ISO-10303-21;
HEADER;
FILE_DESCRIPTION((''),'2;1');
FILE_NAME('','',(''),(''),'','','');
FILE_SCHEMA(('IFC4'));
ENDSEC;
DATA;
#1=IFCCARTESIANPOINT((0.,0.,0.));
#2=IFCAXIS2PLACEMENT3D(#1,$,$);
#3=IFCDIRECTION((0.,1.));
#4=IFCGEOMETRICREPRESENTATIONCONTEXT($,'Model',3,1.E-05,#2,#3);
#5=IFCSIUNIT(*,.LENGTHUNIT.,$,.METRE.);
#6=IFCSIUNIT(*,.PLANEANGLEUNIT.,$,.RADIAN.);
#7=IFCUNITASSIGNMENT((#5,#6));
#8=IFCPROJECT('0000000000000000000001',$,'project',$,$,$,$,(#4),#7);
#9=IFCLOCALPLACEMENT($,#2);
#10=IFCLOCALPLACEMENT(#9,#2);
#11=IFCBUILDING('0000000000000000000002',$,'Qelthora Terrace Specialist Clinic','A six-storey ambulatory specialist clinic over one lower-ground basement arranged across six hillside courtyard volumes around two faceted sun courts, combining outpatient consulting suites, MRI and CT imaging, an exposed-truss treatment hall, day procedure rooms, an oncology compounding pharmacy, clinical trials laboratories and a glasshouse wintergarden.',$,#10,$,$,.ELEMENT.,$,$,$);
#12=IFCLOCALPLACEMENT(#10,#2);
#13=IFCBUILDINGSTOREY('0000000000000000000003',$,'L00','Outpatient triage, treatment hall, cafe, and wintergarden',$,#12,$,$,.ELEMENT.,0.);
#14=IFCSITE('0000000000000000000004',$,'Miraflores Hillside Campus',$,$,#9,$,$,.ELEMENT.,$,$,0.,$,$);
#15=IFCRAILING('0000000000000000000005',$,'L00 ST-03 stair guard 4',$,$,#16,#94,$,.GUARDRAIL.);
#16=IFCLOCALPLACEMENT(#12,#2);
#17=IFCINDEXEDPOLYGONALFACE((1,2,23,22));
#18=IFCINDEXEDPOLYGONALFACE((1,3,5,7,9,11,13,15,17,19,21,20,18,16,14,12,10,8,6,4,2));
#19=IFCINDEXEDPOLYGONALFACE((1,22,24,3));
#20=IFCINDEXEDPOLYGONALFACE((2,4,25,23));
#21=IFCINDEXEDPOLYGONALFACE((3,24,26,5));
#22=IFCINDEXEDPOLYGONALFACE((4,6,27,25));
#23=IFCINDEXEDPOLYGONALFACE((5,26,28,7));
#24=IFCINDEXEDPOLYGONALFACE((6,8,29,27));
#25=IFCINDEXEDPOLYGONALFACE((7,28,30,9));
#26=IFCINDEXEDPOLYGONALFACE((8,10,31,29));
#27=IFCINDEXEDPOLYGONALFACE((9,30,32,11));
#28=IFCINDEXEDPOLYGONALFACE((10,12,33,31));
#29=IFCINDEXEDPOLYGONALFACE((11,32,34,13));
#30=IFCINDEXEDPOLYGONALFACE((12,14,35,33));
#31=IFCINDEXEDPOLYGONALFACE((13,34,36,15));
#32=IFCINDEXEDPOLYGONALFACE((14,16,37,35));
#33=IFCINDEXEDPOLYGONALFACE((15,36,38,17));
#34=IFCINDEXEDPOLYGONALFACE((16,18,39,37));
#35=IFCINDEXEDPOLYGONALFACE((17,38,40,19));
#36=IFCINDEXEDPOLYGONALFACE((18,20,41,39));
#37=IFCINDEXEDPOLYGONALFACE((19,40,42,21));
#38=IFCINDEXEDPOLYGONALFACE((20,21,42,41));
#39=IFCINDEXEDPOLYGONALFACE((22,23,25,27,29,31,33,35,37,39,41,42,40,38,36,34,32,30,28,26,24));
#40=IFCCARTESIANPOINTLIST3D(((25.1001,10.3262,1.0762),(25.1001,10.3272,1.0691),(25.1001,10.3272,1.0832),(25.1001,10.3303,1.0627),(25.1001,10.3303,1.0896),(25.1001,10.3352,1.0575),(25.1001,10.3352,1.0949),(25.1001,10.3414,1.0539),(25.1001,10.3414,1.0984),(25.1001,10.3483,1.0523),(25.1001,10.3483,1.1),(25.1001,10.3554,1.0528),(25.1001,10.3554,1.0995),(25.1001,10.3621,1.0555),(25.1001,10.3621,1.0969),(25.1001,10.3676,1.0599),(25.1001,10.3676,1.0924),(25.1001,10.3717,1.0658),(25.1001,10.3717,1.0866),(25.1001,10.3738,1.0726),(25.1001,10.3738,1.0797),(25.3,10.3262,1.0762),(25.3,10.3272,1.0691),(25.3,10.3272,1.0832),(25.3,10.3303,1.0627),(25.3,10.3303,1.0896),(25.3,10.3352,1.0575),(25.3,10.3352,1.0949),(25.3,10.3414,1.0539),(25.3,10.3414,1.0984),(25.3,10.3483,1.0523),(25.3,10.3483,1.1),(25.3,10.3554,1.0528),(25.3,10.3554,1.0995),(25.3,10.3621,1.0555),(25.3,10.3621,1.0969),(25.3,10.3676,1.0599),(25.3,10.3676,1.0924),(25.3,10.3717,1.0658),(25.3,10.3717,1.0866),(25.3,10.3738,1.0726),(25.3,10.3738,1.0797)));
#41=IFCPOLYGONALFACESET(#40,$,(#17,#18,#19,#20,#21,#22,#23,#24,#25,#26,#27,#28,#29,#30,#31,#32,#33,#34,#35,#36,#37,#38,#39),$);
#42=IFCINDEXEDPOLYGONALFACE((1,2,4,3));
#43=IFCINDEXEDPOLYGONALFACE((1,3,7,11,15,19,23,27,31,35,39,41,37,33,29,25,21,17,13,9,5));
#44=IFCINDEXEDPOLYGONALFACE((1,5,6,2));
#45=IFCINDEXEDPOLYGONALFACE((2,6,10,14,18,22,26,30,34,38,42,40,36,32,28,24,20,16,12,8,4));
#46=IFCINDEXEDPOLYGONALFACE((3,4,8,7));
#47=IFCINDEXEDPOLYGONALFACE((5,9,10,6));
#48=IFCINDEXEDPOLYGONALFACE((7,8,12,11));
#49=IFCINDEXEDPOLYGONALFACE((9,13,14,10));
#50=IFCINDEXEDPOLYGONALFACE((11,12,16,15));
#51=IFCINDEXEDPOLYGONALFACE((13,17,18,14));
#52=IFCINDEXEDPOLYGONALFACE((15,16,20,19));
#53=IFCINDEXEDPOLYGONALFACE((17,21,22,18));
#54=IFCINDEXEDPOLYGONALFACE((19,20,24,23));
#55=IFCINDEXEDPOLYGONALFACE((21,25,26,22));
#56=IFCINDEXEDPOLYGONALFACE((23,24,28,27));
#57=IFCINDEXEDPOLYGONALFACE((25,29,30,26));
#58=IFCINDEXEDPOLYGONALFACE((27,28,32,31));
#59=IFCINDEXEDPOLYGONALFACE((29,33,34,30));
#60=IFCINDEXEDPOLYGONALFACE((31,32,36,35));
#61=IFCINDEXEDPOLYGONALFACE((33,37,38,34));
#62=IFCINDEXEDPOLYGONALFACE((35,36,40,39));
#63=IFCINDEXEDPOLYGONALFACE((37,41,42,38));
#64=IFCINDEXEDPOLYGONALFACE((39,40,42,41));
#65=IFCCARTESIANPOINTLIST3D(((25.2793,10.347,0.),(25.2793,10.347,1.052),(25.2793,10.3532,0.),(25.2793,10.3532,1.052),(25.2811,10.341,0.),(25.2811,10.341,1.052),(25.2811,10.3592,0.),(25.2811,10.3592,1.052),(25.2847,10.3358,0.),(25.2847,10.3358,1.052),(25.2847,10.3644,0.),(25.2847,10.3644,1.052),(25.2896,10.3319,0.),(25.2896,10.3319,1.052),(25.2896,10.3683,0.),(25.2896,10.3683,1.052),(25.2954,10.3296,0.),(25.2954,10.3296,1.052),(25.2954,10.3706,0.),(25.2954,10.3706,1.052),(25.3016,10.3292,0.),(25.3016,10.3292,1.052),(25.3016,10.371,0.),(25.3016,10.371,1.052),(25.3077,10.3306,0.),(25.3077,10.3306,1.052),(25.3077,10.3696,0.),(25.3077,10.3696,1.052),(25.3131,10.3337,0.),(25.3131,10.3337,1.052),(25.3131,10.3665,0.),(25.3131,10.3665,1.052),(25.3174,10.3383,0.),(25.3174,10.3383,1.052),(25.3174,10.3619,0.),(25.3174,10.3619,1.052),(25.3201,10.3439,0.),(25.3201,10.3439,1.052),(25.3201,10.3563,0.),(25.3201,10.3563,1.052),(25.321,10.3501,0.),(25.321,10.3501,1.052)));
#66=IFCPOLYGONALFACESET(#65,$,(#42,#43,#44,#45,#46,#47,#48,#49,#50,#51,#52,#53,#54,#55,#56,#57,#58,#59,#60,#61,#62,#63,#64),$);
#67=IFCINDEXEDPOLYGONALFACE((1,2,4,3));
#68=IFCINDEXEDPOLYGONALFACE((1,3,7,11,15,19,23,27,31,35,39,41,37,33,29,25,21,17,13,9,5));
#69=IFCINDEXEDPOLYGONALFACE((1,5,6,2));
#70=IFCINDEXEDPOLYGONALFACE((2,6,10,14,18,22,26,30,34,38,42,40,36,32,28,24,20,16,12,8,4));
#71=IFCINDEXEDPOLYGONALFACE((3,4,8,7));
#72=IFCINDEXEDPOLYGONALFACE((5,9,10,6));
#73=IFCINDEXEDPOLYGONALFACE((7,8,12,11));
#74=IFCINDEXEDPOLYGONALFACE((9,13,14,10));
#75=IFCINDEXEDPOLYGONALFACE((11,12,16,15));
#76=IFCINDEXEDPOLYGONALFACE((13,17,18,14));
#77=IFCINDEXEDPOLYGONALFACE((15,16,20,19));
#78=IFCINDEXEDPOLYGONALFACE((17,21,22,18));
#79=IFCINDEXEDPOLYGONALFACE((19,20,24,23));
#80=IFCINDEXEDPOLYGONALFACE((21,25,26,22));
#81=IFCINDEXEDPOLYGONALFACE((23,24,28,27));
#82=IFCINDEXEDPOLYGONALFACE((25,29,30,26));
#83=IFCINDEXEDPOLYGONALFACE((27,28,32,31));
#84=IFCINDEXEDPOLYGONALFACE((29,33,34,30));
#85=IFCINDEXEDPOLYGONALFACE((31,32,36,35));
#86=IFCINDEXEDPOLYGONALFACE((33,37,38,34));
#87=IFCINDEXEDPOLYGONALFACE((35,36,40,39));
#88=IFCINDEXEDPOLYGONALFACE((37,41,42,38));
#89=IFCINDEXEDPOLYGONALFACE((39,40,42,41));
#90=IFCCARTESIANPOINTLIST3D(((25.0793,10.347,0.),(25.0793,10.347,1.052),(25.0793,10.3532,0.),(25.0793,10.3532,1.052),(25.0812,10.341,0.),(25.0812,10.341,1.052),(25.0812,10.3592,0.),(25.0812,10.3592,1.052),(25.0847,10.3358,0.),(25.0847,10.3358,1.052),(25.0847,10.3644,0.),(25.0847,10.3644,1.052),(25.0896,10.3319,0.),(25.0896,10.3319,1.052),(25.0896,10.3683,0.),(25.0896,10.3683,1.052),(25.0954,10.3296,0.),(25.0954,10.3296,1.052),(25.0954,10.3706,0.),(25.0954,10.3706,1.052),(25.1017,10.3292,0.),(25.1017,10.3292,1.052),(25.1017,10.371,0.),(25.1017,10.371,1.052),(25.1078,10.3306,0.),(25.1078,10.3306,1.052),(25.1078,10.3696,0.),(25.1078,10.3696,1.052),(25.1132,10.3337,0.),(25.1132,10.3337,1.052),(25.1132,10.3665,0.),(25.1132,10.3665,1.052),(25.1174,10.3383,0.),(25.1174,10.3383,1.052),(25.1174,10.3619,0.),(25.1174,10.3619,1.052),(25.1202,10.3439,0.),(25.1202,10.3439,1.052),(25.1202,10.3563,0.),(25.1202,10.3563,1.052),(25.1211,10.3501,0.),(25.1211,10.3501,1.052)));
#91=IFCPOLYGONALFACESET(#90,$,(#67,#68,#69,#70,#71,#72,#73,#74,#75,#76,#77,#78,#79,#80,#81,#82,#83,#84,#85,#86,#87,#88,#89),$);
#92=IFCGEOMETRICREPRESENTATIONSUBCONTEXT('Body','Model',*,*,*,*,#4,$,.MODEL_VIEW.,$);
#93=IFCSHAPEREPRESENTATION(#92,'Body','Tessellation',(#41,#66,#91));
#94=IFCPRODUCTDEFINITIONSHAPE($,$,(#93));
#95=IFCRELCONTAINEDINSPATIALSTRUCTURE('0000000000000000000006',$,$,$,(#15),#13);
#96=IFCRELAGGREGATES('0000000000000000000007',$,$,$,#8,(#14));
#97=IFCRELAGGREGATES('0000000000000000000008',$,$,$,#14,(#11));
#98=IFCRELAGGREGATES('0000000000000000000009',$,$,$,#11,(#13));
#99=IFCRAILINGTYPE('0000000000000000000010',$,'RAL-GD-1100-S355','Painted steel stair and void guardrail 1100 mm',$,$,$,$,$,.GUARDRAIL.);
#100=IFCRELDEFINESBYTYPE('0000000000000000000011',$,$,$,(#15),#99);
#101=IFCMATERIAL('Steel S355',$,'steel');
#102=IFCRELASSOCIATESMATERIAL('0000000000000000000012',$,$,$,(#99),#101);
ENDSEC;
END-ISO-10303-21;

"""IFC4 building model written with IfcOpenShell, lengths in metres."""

from ifc_helpers import new_model, si_unit, direction, frame, origin, origin_2d, place, context, subcontext, project, spatial, circle, extrude, material, type_object, element, save


model = new_model("IFC4")

# Units and contexts
model_context = context("Model", 3, precision=1e-05, world=origin(), true_north=direction((0.0, 1.0)))
body_context = subcontext(model_context, "Body", "Model", "MODEL_VIEW")
ifc_project = project(units=[si_unit("LENGTHUNIT", "METRE"), si_unit("PLANEANGLEUNIT", "RADIAN")], contexts=[model_context])

# Site, building, storey
site_placement = place(None, origin())
site = spatial("IfcSite", under=ifc_project, at=site_placement, Name="Miraflores Hillside Campus", CompositionType="ELEMENT", RefElevation=0.0)
building_placement = place(site_placement, origin())
building = spatial("IfcBuilding", under=site, at=building_placement, Name="Qelthora Terrace Specialist Clinic", Description="A six-storey ambulatory specialist clinic over one lower-ground basement arranged across six hillside courtyard volumes around two faceted sun courts, combining outpatient consulting suites, MRI and CT imaging, an exposed-truss treatment hall, day procedure rooms, an oncology compounding pharmacy, clinical trials laboratories and a glasshouse wintergarden.", CompositionType="ELEMENT")
storey_placement = place(building_placement, origin())
storey = spatial("IfcBuildingStorey", under=building, at=storey_placement, Name="L00", Description="Outpatient triage, treatment hall, cafe, and wintergarden", CompositionType="ELEMENT", Elevation=0.0)

# Shared definitions
ifc_material_1 = material(Name="Steel S355", Category="steel")

# Railing
railing_type_1 = type_object("IfcRailingType", Name="RAL-GD-1100-S355", Description="Painted steel stair and void guardrail 1100 mm", PredefinedType="GUARDRAIL", material=ifc_material_1)
railing_1_placement = place(storey_placement, frame((25.3, 10.3501, 0.0)))
element("IfcRailing", 1, at=railing_1_placement, inside=storey, type_object=railing_type_1, Name="L00 ST-03 stair guard 4", PredefinedType="GUARDRAIL", context=body_context, shape_type="SweptSolid", body=[
    extrude(circle(Radius=0.0239, at=origin_2d()), frame((0.0, 0.0, 1.0762), z_axis=(-1.0, 0.0, 0.0), x_axis=(0.0, -1.0, 0.0)), (0.0, 0.0, 1.0), 0.2),
    extrude(circle(Radius=0.021, at=origin_2d()), origin(), (0.0, 0.0, 1.0), 1.052),
    extrude(circle(Radius=0.021, at=origin_2d()), frame((-0.2, 0.0, 0.0)), (0.0, 0.0, 1.0), 1.052),
])

save(model, "model.ifc")
